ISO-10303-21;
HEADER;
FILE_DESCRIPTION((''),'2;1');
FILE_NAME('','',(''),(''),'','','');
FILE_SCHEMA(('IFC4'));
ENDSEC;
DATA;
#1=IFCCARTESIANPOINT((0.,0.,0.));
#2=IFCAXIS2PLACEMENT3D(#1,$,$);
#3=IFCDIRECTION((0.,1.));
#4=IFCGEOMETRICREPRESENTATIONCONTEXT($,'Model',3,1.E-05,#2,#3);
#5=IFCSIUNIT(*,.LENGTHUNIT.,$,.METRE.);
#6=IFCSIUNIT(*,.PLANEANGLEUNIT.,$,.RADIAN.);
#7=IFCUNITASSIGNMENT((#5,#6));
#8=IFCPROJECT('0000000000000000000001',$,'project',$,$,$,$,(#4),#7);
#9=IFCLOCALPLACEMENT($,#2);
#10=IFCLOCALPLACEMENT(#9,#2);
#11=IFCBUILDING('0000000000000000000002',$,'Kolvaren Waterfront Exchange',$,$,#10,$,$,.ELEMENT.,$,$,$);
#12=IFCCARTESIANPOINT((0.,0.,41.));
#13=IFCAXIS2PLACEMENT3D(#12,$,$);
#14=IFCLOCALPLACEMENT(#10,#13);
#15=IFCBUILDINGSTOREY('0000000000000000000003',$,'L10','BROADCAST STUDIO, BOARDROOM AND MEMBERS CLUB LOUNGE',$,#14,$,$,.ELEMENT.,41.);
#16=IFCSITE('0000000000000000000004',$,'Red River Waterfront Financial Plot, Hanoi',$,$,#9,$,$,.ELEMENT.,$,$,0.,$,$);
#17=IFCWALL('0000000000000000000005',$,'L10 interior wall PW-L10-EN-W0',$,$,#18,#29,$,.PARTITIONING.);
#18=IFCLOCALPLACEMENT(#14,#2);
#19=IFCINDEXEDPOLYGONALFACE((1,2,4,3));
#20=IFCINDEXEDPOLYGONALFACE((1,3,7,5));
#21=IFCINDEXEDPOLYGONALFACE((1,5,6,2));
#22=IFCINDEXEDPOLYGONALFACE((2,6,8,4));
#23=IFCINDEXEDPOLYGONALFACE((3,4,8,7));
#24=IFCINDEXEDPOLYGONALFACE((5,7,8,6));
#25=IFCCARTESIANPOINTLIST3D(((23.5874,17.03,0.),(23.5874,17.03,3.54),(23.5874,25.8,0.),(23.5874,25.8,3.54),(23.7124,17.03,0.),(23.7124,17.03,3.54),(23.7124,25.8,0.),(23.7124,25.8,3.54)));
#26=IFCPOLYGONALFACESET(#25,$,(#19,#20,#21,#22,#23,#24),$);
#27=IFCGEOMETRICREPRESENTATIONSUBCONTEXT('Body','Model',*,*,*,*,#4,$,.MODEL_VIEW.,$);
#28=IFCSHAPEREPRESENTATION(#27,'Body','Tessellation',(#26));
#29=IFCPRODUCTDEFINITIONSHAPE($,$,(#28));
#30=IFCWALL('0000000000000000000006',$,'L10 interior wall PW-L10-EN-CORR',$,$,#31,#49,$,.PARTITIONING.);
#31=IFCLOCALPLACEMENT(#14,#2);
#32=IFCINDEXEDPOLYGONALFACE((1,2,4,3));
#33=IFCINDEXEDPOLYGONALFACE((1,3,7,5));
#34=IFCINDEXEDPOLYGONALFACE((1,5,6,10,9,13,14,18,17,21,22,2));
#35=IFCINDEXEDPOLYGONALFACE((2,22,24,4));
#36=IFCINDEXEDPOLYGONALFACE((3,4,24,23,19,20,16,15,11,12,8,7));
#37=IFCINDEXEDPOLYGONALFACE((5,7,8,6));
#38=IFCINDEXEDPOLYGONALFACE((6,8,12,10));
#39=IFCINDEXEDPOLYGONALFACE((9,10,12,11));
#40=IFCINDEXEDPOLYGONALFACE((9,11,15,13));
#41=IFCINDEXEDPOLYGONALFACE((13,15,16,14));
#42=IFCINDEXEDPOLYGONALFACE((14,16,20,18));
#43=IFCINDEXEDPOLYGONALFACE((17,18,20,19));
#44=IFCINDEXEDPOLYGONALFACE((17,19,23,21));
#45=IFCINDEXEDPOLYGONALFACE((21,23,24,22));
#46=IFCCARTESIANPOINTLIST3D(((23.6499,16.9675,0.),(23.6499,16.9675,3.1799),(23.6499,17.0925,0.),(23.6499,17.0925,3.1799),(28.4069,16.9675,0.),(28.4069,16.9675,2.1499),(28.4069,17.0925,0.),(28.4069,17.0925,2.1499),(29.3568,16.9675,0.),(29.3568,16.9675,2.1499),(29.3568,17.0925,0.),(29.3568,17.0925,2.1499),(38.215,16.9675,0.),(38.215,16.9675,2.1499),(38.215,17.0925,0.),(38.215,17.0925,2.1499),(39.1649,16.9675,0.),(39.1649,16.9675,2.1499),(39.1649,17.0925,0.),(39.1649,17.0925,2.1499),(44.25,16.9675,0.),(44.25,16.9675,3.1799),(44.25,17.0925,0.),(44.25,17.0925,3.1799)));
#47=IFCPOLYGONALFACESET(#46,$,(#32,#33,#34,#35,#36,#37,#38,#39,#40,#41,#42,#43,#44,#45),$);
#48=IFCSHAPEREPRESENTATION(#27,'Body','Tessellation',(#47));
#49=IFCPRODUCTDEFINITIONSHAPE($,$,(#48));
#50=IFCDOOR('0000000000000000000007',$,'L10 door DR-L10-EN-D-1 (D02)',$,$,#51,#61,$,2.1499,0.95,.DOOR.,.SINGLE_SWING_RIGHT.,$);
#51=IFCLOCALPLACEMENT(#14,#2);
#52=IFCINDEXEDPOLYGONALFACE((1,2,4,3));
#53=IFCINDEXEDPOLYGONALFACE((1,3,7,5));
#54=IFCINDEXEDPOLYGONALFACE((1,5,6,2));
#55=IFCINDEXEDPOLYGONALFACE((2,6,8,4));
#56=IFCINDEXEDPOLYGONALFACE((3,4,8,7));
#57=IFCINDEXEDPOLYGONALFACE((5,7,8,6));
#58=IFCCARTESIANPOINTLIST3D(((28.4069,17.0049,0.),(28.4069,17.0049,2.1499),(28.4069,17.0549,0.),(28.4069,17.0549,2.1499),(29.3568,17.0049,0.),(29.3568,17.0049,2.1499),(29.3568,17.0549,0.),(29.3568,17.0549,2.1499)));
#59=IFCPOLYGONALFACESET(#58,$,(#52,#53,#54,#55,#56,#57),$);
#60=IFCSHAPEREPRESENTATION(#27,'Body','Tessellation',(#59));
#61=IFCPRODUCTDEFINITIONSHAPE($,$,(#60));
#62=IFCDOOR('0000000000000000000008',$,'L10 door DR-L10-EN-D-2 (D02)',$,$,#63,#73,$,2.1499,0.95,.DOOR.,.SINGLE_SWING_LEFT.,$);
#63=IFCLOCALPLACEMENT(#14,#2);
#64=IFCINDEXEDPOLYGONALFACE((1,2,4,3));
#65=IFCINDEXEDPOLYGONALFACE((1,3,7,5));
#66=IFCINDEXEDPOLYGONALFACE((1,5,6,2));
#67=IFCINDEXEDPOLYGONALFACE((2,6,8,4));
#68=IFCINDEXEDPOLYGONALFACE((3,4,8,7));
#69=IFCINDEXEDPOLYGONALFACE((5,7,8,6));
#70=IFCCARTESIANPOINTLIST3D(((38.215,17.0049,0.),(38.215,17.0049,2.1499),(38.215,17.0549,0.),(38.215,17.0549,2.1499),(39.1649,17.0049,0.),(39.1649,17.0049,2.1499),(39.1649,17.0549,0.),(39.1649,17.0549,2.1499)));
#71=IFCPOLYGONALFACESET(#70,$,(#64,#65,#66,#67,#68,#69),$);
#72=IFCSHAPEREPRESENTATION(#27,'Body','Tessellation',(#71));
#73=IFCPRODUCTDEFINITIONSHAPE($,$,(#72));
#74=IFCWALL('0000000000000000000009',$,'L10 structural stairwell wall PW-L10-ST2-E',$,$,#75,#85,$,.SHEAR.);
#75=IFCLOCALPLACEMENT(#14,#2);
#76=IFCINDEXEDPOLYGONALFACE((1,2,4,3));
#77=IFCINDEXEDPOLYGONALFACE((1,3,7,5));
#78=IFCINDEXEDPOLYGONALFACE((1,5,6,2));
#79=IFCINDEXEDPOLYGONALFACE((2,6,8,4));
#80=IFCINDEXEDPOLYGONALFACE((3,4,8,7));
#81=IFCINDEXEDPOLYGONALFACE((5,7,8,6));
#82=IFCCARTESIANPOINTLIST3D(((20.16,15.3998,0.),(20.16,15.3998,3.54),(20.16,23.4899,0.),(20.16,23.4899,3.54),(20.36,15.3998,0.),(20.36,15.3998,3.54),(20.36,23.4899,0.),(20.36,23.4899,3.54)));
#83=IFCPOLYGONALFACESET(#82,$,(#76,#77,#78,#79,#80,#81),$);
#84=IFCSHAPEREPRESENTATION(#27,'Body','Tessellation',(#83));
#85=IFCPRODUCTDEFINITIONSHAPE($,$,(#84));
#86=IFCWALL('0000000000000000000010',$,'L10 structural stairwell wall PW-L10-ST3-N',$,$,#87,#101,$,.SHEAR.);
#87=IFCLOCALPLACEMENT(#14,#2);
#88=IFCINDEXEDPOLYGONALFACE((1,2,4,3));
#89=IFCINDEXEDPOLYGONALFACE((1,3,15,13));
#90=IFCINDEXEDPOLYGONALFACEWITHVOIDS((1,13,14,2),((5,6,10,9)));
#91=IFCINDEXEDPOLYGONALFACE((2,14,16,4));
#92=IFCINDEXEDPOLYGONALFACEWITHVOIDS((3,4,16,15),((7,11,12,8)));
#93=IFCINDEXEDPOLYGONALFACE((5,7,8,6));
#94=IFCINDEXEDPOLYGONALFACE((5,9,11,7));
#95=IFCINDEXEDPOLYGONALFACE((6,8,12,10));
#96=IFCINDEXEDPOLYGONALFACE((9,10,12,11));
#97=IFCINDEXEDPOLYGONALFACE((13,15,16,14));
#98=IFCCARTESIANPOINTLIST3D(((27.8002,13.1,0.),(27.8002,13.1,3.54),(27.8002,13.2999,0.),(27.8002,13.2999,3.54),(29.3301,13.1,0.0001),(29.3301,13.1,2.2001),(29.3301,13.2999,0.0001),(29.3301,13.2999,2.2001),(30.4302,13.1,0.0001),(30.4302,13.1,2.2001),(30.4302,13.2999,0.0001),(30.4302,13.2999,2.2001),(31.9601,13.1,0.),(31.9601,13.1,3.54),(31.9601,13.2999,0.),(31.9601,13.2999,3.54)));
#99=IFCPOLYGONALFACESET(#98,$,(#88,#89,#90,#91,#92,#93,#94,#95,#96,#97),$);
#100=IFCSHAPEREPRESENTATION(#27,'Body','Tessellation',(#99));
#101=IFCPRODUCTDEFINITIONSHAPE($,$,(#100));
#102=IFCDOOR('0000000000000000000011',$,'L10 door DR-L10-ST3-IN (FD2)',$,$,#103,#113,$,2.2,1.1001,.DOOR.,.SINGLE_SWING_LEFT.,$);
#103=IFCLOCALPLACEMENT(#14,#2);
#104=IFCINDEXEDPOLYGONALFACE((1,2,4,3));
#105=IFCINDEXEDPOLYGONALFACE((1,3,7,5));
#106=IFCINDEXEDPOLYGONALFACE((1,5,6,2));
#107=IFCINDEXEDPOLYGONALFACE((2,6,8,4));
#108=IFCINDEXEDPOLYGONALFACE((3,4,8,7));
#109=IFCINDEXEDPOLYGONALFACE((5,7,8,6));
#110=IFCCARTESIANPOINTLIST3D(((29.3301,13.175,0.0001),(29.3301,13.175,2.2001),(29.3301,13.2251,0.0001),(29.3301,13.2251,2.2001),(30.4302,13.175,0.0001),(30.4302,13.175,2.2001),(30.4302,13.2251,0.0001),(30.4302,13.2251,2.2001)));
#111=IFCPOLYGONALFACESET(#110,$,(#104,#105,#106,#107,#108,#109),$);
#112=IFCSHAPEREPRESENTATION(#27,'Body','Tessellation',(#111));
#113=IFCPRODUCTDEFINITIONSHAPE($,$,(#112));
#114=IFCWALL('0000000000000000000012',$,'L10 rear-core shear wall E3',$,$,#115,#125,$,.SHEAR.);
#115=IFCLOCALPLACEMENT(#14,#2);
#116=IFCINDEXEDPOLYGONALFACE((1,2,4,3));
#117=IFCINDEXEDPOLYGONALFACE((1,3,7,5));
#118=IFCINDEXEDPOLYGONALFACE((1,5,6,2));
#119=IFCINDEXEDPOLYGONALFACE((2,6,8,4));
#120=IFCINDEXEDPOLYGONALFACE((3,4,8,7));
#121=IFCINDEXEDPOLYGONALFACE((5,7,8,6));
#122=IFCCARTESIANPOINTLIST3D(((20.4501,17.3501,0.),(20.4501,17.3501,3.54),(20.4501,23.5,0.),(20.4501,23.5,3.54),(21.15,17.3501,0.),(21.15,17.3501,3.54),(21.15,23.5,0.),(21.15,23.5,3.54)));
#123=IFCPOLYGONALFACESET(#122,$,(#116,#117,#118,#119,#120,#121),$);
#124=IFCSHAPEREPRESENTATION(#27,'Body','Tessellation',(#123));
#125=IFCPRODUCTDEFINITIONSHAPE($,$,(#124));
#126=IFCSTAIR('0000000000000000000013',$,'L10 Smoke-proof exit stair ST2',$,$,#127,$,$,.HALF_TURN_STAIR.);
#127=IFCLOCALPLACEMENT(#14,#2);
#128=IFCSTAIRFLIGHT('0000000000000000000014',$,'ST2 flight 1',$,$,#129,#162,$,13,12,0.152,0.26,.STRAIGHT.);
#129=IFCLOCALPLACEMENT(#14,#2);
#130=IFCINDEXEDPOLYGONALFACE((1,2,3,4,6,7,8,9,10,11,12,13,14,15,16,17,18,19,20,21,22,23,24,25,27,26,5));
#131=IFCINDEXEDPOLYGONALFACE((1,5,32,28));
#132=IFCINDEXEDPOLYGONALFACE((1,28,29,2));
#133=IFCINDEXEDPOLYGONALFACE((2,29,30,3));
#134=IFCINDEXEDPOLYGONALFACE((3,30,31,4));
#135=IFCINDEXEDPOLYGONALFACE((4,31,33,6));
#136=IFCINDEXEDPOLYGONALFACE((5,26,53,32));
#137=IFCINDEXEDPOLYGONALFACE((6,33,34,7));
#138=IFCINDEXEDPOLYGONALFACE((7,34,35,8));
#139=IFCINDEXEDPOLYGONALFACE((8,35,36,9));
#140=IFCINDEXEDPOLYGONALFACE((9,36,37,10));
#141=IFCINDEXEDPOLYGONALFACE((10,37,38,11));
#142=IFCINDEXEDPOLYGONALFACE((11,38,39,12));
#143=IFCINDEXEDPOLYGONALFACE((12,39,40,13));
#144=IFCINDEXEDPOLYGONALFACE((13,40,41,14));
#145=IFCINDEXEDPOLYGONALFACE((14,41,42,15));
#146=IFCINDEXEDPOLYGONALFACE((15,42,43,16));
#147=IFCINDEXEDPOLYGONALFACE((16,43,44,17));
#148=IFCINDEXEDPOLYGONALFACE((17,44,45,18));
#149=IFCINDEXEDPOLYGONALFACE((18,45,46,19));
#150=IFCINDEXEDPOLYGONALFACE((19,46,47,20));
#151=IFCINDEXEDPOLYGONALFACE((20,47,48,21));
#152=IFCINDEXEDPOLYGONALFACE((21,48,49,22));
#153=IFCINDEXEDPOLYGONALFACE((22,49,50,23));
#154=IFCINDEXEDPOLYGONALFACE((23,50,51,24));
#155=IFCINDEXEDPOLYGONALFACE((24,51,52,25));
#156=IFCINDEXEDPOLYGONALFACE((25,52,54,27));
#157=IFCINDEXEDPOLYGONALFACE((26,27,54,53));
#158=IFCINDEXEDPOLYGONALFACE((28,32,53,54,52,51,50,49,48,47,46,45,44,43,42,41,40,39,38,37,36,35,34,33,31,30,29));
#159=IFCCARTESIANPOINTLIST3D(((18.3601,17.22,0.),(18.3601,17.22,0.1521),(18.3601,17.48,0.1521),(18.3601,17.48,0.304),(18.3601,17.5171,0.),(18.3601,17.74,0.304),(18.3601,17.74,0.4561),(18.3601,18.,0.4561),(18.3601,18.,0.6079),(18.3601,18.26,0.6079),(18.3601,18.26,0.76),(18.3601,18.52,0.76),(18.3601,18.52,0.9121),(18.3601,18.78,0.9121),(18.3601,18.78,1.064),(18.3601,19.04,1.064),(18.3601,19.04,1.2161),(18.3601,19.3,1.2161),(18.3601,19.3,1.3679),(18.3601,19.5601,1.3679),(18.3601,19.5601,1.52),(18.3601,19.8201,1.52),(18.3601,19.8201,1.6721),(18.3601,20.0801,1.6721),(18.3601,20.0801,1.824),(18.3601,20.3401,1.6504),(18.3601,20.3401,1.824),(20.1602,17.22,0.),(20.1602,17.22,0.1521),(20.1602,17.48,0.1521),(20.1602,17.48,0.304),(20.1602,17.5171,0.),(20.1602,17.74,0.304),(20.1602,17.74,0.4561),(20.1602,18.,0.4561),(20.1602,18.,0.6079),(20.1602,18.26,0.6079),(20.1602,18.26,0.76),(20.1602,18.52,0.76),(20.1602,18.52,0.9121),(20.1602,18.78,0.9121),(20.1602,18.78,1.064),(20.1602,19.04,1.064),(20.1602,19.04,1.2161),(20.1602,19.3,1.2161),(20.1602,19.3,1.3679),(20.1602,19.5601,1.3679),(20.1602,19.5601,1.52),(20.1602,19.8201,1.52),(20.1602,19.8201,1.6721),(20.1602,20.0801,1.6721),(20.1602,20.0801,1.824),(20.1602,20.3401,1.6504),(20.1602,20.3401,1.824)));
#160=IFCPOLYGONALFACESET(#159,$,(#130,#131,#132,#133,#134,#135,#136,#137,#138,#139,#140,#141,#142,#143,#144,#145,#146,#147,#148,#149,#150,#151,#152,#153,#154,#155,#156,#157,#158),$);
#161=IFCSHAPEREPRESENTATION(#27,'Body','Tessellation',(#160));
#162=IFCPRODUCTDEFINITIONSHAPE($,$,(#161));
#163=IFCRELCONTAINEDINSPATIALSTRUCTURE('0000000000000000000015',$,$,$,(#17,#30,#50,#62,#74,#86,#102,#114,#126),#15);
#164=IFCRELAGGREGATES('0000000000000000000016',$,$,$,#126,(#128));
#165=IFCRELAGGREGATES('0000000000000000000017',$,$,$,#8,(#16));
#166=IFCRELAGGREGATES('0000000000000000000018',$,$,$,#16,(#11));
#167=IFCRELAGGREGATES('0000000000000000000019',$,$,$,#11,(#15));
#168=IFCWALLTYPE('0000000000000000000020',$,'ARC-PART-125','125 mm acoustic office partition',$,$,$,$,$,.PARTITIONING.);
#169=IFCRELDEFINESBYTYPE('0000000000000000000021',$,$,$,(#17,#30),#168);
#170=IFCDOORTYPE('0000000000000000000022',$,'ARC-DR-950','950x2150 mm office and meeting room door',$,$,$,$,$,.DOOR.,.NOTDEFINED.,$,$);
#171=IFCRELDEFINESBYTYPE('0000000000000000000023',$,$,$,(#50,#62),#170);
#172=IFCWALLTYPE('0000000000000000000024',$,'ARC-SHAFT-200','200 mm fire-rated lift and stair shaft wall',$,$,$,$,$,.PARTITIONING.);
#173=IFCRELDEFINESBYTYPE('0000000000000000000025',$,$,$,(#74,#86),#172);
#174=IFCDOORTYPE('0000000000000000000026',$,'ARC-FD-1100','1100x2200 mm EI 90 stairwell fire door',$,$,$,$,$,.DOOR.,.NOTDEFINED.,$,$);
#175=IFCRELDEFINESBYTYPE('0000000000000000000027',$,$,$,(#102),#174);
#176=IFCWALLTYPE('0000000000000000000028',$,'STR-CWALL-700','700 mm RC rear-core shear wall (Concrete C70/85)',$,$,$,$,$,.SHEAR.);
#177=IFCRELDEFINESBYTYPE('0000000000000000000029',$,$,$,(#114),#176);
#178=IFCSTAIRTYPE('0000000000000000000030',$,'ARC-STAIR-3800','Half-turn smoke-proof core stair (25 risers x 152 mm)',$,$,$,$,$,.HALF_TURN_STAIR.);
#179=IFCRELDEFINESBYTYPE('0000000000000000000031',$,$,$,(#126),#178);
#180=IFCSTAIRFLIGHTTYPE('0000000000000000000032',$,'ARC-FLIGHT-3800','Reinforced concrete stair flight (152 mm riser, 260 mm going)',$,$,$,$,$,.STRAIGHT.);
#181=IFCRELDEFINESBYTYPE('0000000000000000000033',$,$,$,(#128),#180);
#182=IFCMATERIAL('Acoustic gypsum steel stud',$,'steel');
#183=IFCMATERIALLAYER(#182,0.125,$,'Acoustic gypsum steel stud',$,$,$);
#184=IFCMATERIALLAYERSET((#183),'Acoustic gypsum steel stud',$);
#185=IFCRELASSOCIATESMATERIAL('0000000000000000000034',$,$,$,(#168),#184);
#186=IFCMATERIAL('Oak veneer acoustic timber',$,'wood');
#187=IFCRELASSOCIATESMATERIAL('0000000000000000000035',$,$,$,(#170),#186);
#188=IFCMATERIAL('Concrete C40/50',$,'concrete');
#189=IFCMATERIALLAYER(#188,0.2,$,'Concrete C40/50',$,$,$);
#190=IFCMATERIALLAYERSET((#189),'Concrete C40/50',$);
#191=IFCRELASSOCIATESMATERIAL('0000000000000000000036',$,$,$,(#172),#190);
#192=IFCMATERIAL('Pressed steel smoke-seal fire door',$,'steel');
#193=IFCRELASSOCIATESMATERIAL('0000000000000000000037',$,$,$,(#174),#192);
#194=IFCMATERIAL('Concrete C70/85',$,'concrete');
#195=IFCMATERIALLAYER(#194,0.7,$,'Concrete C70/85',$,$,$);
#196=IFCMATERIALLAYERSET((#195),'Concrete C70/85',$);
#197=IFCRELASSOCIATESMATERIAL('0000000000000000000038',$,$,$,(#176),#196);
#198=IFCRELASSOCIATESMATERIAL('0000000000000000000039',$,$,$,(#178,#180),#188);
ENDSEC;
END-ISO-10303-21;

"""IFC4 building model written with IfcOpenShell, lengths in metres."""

from ifc_helpers import new_model, si_unit, direction, frame, frame_2d, origin, place, context, subcontext, project, spatial, polyline, rectangle, outline, extrude, material, layer, layer_set, type_object, element, fill, aggregate, save


model = new_model("IFC4")

# Units and contexts
model_context = context("Model", 3, precision=1e-05, world=origin(), true_north=direction((0.0, 1.0)))
body_context = subcontext(model_context, "Body", "Model", "MODEL_VIEW")
ifc_project = project(units=[si_unit("LENGTHUNIT", "METRE"), si_unit("PLANEANGLEUNIT", "RADIAN")], contexts=[model_context])

# Site, building, storey
site_placement = place(None, origin())
site = spatial("IfcSite", under=ifc_project, at=site_placement, Name="Red River Waterfront Financial Plot, Hanoi", CompositionType="ELEMENT", RefElevation=0.0)
building_placement = place(site_placement, origin())
building = spatial("IfcBuilding", under=site, at=building_placement, Name="Kolvaren Waterfront Exchange", CompositionType="ELEMENT")
storey_placement = place(building_placement, frame((0.0, 0.0, 41.0)))
storey = spatial("IfcBuildingStorey", under=building, at=storey_placement, Name="L10", Description="BROADCAST STUDIO, BOARDROOM AND MEMBERS CLUB LOUNGE", CompositionType="ELEMENT", Elevation=41.0)

# Shared definitions
ifc_material_1 = material(Name="Concrete C70/85", Category="concrete")

# Shared definitions
ifc_material_2 = material(Name="Acoustic gypsum steel stud", Category="steel")
ifc_layer_1 = layer(ifc_material_2, 0.125, Name="Acoustic gypsum steel stud")
ifc_layer_set_1 = layer_set([ifc_layer_1], Name="Acoustic gypsum steel stud")
wall_type_1 = type_object("IfcWallType", Name="ARC-PART-125", Description="125 mm acoustic office partition", PredefinedType="PARTITIONING", material=ifc_layer_set_1)
ifc_material_3 = material(Name="Oak veneer acoustic timber", Category="wood")
door_type_1 = type_object("IfcDoorType", Name="ARC-DR-950", Description="950x2150 mm office and meeting room door", OperationType="NOTDEFINED", PredefinedType="DOOR", material=ifc_material_3)

# Wall
wall_1_placement = place(storey_placement, frame((23.6499, 17.03, 0.0), z_axis=(0.0, 0.0, 1.0), x_axis=(0.0, 1.0, 0.0)))
element("IfcWall", 1, at=wall_1_placement, inside=storey, type_object=wall_type_1, Name="L10 interior wall PW-L10-EN-W0", PredefinedType="PARTITIONING", context=body_context, shape_type="SweptSolid", body=[
    extrude(rectangle(XDim=8.77, YDim=0.125, at=frame_2d((4.385, 0.0))), origin(), (0.0, 0.0, 1.0), 3.54),
])

# Wall, openings, doors
wall_2_placement = place(storey_placement, frame((23.6499, 17.03, 0.0), z_axis=(0.0, 0.0, 1.0), x_axis=(1.0, 0.0, 0.0)))
wall_2 = element("IfcWall", 2, at=wall_2_placement, inside=storey, type_object=wall_type_1, Name="L10 interior wall PW-L10-EN-CORR", PredefinedType="PARTITIONING", context=body_context, shape_type="SweptSolid", body=[
    extrude(rectangle(XDim=20.6001, YDim=0.125, at=frame_2d((10.3, 0.0))), origin(), (0.0, 0.0, 1.0), 3.1799),
])
opening_1_placement = place(wall_2_placement, frame((4.7568, 0.0, 0.0)))
opening_1 = element("IfcOpeningElement", 3, at=opening_1_placement, cuts=wall_2, PredefinedType="OPENING", context=body_context, shape_type="SweptSolid", body=[
    extrude(rectangle(XDim=0.95, YDim=2.1499, at=frame_2d((0.4751, 1.075))), frame((0.0, 0.0725, 0.0), z_axis=(0.0, -1.0, 0.0), x_axis=(1.0, 0.0, 0.0)), (0.0, 0.0, 1.0), 0.145),
])
opening_2_placement = place(wall_2_placement, frame((14.5649, 0.0, 0.0)))
opening_2 = element("IfcOpeningElement", 4, at=opening_2_placement, cuts=wall_2, PredefinedType="OPENING", context=body_context, shape_type="SweptSolid", body=[
    extrude(rectangle(XDim=0.95, YDim=2.1499, at=frame_2d((0.4751, 1.075))), frame((0.0, 0.0725, 0.0), z_axis=(0.0, -1.0, 0.0), x_axis=(1.0, 0.0, 0.0)), (0.0, 0.0, 1.0), 0.145),
])
door_1_placement = place(opening_1_placement, origin())
door_1 = element("IfcDoor", 5, at=door_1_placement, inside=storey, type_object=door_type_1, Name="L10 door DR-L10-EN-D-1 (D02)", OperationType="SINGLE_SWING_RIGHT", OverallHeight=2.1499, OverallWidth=0.95, PredefinedType="DOOR", context=body_context, shape_type="SweptSolid", body=[
    extrude(rectangle(XDim=0.95, YDim=2.1499, at=frame_2d((0.4751, 1.075))), frame((0.0, 0.0249, 0.0), z_axis=(0.0, -1.0, 0.0), x_axis=(1.0, 0.0, 0.0)), (0.0, 0.0, 1.0), 0.05),
])
fill(opening_1, door_1)
door_2_placement = place(opening_2_placement, origin())
door_2 = element("IfcDoor", 6, at=door_2_placement, inside=storey, type_object=door_type_1, Name="L10 door DR-L10-EN-D-2 (D02)", OperationType="SINGLE_SWING_LEFT", OverallHeight=2.1499, OverallWidth=0.95, PredefinedType="DOOR", context=body_context, shape_type="SweptSolid", body=[
    extrude(rectangle(XDim=0.95, YDim=2.1499, at=frame_2d((0.4751, 1.075))), frame((0.0, 0.0249, 0.0), z_axis=(0.0, -1.0, 0.0), x_axis=(1.0, 0.0, 0.0)), (0.0, 0.0, 1.0), 0.05),
])
fill(opening_2, door_2)

# Wall
ifc_material_4 = material(Name="Concrete C40/50", Category="concrete")
ifc_layer_2 = layer(ifc_material_4, 0.2, Name="Concrete C40/50")
ifc_layer_set_2 = layer_set([ifc_layer_2], Name="Concrete C40/50")
wall_type_2 = type_object("IfcWallType", Name="ARC-SHAFT-200", Description="200 mm fire-rated lift and stair shaft wall", PredefinedType="PARTITIONING", material=ifc_layer_set_2)
wall_3_placement = place(storey_placement, frame((20.26, 15.3999, 0.0), z_axis=(0.0, 0.0, 1.0), x_axis=(0.0, 1.0, 0.0)))
element("IfcWall", 7, at=wall_3_placement, inside=storey, type_object=wall_type_2, Name="L10 structural stairwell wall PW-L10-ST2-E", PredefinedType="SHEAR", context=body_context, shape_type="SweptSolid", body=[
    extrude(rectangle(XDim=8.0901, YDim=0.2, at=frame_2d((4.0449, 0.0))), origin(), (0.0, 0.0, 1.0), 3.54),
])

# Wall, opening, door
wall_4_placement = place(storey_placement, frame((27.8, 13.2, 0.0), z_axis=(0.0, 0.0, 1.0), x_axis=(1.0, 0.0, 0.0)))
wall_4 = element("IfcWall", 8, at=wall_4_placement, inside=storey, type_object=wall_type_2, Name="L10 structural stairwell wall PW-L10-ST3-N", PredefinedType="SHEAR", context=body_context, shape_type="SweptSolid", body=[
    extrude(rectangle(XDim=4.1599, YDim=0.2, at=frame_2d((2.0801, 0.0))), origin(), (0.0, 0.0, 1.0), 3.54),
])
opening_3_placement = place(wall_4_placement, frame((1.53, 0.0, 0.0)))
opening_3 = element("IfcOpeningElement", 9, at=opening_3_placement, cuts=wall_4, PredefinedType="OPENING", context=body_context, shape_type="SweptSolid", body=[
    extrude(rectangle(XDim=1.1001, YDim=2.2, at=frame_2d((0.55, 1.1001))), frame((0.0, 0.1099, 0.0), z_axis=(0.0, -1.0, 0.0), x_axis=(1.0, 0.0, 0.0)), (0.0, 0.0, 1.0), 0.22),
])
ifc_material_5 = material(Name="Pressed steel smoke-seal fire door", Category="steel")
door_type_2 = type_object("IfcDoorType", Name="ARC-FD-1100", Description="1100x2200 mm EI 90 stairwell fire door", OperationType="NOTDEFINED", PredefinedType="DOOR", material=ifc_material_5)
door_3_placement = place(opening_3_placement, frame((1.1001, 0.0, 0.0), z_axis=(0.0, 0.0, 1.0), x_axis=(-1.0, 0.0, 0.0)))
door_3 = element("IfcDoor", 10, at=door_3_placement, inside=storey, type_object=door_type_2, Name="L10 door DR-L10-ST3-IN (FD2)", OperationType="SINGLE_SWING_LEFT", OverallHeight=2.2, OverallWidth=1.1001, PredefinedType="DOOR", context=body_context, shape_type="SweptSolid", body=[
    extrude(rectangle(XDim=1.1001, YDim=2.2, at=frame_2d((0.55, 1.1001))), frame((0.0, 0.0249, 0.0), z_axis=(0.0, -1.0, 0.0), x_axis=(1.0, 0.0, 0.0)), (0.0, 0.0, 1.0), 0.05),
])
fill(opening_3, door_3)

# Wall
ifc_layer_3 = layer(ifc_material_1, 0.7, Name="Concrete C70/85")
ifc_layer_set_3 = layer_set([ifc_layer_3], Name="Concrete C70/85")
wall_type_3 = type_object("IfcWallType", Name="STR-CWALL-700", Description="700 mm RC rear-core shear wall (Concrete C70/85)", PredefinedType="SHEAR", material=ifc_layer_set_3)
wall_5_placement = place(storey_placement, frame((20.8, 17.3501, 0.0), z_axis=(0.0, 0.0, 1.0), x_axis=(0.0, 1.0, 0.0)))
element("IfcWall", 11, at=wall_5_placement, inside=storey, type_object=wall_type_3, Name="L10 rear-core shear wall E3", PredefinedType="SHEAR", context=body_context, shape_type="SweptSolid", body=[
    extrude(rectangle(XDim=6.1499, YDim=0.7, at=frame_2d((3.075, 0.0))), origin(), (0.0, 0.0, 1.0), 3.54),
])

# Stair, stair flight
stair_type = type_object("IfcStairType", Name="ARC-STAIR-3800", Description="Half-turn smoke-proof core stair (25 risers x 152 mm)", PredefinedType="HALF_TURN_STAIR", material=ifc_material_4)
stair_placement = place(storey_placement, origin())
stair = element("IfcStair", 12, at=stair_placement, inside=storey, type_object=stair_type, Name="L10 Smoke-proof exit stair ST2", PredefinedType="HALF_TURN_STAIR")
stair_flight_type = type_object("IfcStairFlightType", Name="ARC-FLIGHT-3800", Description="Reinforced concrete stair flight (152 mm riser, 260 mm going)", PredefinedType="STRAIGHT", material=ifc_material_4)
stair_flight_placement = place(storey_placement, frame((19.26, 17.22, 0.0), z_axis=(0.0, 0.0, 1.0), x_axis=(0.0, 1.0, 0.0)))
stair_flight = element("IfcStairFlight", 13, at=stair_flight_placement, type_object=stair_flight_type, Name="ST2 flight 1", NumberOfRisers=13, NumberOfTreads=12, PredefinedType="STRAIGHT", RiserHeight=0.152, TreadLength=0.26, context=body_context, shape_type="SweptSolid", body=[
    extrude(outline(polyline([(0.0, 0.0), (0.0, 0.1521), (0.26, 0.1521), (0.26, 0.304), (0.52, 0.304), (0.52, 0.4561), (0.78, 0.4561), (0.78, 0.6079), (1.04, 0.6079), (1.04, 0.76), (1.3, 0.76), (1.3, 0.9121), (1.5601, 0.9121), (1.5601, 1.064), (1.8201, 1.064), (1.8201, 1.2161), (2.0801, 1.2161), (2.0801, 1.3679), (2.3401, 1.3679), (2.3401, 1.52), (2.6001, 1.52), (2.6001, 1.6721), (2.8601, 1.6721), (2.8601, 1.824), (3.1201, 1.824), (3.1201, 1.9761), (3.1201, 1.6504), (0.2971, 0.0), (0.0, 0.0)])), frame((0.0, 0.8999, 0.0), z_axis=(0.0, -1.0, 0.0), x_axis=(1.0, 0.0, 0.0)), (0.0, 0.0, 1.0), 1.8),
])
aggregate(stair, [stair_flight])

save(model, "model.ifc")
